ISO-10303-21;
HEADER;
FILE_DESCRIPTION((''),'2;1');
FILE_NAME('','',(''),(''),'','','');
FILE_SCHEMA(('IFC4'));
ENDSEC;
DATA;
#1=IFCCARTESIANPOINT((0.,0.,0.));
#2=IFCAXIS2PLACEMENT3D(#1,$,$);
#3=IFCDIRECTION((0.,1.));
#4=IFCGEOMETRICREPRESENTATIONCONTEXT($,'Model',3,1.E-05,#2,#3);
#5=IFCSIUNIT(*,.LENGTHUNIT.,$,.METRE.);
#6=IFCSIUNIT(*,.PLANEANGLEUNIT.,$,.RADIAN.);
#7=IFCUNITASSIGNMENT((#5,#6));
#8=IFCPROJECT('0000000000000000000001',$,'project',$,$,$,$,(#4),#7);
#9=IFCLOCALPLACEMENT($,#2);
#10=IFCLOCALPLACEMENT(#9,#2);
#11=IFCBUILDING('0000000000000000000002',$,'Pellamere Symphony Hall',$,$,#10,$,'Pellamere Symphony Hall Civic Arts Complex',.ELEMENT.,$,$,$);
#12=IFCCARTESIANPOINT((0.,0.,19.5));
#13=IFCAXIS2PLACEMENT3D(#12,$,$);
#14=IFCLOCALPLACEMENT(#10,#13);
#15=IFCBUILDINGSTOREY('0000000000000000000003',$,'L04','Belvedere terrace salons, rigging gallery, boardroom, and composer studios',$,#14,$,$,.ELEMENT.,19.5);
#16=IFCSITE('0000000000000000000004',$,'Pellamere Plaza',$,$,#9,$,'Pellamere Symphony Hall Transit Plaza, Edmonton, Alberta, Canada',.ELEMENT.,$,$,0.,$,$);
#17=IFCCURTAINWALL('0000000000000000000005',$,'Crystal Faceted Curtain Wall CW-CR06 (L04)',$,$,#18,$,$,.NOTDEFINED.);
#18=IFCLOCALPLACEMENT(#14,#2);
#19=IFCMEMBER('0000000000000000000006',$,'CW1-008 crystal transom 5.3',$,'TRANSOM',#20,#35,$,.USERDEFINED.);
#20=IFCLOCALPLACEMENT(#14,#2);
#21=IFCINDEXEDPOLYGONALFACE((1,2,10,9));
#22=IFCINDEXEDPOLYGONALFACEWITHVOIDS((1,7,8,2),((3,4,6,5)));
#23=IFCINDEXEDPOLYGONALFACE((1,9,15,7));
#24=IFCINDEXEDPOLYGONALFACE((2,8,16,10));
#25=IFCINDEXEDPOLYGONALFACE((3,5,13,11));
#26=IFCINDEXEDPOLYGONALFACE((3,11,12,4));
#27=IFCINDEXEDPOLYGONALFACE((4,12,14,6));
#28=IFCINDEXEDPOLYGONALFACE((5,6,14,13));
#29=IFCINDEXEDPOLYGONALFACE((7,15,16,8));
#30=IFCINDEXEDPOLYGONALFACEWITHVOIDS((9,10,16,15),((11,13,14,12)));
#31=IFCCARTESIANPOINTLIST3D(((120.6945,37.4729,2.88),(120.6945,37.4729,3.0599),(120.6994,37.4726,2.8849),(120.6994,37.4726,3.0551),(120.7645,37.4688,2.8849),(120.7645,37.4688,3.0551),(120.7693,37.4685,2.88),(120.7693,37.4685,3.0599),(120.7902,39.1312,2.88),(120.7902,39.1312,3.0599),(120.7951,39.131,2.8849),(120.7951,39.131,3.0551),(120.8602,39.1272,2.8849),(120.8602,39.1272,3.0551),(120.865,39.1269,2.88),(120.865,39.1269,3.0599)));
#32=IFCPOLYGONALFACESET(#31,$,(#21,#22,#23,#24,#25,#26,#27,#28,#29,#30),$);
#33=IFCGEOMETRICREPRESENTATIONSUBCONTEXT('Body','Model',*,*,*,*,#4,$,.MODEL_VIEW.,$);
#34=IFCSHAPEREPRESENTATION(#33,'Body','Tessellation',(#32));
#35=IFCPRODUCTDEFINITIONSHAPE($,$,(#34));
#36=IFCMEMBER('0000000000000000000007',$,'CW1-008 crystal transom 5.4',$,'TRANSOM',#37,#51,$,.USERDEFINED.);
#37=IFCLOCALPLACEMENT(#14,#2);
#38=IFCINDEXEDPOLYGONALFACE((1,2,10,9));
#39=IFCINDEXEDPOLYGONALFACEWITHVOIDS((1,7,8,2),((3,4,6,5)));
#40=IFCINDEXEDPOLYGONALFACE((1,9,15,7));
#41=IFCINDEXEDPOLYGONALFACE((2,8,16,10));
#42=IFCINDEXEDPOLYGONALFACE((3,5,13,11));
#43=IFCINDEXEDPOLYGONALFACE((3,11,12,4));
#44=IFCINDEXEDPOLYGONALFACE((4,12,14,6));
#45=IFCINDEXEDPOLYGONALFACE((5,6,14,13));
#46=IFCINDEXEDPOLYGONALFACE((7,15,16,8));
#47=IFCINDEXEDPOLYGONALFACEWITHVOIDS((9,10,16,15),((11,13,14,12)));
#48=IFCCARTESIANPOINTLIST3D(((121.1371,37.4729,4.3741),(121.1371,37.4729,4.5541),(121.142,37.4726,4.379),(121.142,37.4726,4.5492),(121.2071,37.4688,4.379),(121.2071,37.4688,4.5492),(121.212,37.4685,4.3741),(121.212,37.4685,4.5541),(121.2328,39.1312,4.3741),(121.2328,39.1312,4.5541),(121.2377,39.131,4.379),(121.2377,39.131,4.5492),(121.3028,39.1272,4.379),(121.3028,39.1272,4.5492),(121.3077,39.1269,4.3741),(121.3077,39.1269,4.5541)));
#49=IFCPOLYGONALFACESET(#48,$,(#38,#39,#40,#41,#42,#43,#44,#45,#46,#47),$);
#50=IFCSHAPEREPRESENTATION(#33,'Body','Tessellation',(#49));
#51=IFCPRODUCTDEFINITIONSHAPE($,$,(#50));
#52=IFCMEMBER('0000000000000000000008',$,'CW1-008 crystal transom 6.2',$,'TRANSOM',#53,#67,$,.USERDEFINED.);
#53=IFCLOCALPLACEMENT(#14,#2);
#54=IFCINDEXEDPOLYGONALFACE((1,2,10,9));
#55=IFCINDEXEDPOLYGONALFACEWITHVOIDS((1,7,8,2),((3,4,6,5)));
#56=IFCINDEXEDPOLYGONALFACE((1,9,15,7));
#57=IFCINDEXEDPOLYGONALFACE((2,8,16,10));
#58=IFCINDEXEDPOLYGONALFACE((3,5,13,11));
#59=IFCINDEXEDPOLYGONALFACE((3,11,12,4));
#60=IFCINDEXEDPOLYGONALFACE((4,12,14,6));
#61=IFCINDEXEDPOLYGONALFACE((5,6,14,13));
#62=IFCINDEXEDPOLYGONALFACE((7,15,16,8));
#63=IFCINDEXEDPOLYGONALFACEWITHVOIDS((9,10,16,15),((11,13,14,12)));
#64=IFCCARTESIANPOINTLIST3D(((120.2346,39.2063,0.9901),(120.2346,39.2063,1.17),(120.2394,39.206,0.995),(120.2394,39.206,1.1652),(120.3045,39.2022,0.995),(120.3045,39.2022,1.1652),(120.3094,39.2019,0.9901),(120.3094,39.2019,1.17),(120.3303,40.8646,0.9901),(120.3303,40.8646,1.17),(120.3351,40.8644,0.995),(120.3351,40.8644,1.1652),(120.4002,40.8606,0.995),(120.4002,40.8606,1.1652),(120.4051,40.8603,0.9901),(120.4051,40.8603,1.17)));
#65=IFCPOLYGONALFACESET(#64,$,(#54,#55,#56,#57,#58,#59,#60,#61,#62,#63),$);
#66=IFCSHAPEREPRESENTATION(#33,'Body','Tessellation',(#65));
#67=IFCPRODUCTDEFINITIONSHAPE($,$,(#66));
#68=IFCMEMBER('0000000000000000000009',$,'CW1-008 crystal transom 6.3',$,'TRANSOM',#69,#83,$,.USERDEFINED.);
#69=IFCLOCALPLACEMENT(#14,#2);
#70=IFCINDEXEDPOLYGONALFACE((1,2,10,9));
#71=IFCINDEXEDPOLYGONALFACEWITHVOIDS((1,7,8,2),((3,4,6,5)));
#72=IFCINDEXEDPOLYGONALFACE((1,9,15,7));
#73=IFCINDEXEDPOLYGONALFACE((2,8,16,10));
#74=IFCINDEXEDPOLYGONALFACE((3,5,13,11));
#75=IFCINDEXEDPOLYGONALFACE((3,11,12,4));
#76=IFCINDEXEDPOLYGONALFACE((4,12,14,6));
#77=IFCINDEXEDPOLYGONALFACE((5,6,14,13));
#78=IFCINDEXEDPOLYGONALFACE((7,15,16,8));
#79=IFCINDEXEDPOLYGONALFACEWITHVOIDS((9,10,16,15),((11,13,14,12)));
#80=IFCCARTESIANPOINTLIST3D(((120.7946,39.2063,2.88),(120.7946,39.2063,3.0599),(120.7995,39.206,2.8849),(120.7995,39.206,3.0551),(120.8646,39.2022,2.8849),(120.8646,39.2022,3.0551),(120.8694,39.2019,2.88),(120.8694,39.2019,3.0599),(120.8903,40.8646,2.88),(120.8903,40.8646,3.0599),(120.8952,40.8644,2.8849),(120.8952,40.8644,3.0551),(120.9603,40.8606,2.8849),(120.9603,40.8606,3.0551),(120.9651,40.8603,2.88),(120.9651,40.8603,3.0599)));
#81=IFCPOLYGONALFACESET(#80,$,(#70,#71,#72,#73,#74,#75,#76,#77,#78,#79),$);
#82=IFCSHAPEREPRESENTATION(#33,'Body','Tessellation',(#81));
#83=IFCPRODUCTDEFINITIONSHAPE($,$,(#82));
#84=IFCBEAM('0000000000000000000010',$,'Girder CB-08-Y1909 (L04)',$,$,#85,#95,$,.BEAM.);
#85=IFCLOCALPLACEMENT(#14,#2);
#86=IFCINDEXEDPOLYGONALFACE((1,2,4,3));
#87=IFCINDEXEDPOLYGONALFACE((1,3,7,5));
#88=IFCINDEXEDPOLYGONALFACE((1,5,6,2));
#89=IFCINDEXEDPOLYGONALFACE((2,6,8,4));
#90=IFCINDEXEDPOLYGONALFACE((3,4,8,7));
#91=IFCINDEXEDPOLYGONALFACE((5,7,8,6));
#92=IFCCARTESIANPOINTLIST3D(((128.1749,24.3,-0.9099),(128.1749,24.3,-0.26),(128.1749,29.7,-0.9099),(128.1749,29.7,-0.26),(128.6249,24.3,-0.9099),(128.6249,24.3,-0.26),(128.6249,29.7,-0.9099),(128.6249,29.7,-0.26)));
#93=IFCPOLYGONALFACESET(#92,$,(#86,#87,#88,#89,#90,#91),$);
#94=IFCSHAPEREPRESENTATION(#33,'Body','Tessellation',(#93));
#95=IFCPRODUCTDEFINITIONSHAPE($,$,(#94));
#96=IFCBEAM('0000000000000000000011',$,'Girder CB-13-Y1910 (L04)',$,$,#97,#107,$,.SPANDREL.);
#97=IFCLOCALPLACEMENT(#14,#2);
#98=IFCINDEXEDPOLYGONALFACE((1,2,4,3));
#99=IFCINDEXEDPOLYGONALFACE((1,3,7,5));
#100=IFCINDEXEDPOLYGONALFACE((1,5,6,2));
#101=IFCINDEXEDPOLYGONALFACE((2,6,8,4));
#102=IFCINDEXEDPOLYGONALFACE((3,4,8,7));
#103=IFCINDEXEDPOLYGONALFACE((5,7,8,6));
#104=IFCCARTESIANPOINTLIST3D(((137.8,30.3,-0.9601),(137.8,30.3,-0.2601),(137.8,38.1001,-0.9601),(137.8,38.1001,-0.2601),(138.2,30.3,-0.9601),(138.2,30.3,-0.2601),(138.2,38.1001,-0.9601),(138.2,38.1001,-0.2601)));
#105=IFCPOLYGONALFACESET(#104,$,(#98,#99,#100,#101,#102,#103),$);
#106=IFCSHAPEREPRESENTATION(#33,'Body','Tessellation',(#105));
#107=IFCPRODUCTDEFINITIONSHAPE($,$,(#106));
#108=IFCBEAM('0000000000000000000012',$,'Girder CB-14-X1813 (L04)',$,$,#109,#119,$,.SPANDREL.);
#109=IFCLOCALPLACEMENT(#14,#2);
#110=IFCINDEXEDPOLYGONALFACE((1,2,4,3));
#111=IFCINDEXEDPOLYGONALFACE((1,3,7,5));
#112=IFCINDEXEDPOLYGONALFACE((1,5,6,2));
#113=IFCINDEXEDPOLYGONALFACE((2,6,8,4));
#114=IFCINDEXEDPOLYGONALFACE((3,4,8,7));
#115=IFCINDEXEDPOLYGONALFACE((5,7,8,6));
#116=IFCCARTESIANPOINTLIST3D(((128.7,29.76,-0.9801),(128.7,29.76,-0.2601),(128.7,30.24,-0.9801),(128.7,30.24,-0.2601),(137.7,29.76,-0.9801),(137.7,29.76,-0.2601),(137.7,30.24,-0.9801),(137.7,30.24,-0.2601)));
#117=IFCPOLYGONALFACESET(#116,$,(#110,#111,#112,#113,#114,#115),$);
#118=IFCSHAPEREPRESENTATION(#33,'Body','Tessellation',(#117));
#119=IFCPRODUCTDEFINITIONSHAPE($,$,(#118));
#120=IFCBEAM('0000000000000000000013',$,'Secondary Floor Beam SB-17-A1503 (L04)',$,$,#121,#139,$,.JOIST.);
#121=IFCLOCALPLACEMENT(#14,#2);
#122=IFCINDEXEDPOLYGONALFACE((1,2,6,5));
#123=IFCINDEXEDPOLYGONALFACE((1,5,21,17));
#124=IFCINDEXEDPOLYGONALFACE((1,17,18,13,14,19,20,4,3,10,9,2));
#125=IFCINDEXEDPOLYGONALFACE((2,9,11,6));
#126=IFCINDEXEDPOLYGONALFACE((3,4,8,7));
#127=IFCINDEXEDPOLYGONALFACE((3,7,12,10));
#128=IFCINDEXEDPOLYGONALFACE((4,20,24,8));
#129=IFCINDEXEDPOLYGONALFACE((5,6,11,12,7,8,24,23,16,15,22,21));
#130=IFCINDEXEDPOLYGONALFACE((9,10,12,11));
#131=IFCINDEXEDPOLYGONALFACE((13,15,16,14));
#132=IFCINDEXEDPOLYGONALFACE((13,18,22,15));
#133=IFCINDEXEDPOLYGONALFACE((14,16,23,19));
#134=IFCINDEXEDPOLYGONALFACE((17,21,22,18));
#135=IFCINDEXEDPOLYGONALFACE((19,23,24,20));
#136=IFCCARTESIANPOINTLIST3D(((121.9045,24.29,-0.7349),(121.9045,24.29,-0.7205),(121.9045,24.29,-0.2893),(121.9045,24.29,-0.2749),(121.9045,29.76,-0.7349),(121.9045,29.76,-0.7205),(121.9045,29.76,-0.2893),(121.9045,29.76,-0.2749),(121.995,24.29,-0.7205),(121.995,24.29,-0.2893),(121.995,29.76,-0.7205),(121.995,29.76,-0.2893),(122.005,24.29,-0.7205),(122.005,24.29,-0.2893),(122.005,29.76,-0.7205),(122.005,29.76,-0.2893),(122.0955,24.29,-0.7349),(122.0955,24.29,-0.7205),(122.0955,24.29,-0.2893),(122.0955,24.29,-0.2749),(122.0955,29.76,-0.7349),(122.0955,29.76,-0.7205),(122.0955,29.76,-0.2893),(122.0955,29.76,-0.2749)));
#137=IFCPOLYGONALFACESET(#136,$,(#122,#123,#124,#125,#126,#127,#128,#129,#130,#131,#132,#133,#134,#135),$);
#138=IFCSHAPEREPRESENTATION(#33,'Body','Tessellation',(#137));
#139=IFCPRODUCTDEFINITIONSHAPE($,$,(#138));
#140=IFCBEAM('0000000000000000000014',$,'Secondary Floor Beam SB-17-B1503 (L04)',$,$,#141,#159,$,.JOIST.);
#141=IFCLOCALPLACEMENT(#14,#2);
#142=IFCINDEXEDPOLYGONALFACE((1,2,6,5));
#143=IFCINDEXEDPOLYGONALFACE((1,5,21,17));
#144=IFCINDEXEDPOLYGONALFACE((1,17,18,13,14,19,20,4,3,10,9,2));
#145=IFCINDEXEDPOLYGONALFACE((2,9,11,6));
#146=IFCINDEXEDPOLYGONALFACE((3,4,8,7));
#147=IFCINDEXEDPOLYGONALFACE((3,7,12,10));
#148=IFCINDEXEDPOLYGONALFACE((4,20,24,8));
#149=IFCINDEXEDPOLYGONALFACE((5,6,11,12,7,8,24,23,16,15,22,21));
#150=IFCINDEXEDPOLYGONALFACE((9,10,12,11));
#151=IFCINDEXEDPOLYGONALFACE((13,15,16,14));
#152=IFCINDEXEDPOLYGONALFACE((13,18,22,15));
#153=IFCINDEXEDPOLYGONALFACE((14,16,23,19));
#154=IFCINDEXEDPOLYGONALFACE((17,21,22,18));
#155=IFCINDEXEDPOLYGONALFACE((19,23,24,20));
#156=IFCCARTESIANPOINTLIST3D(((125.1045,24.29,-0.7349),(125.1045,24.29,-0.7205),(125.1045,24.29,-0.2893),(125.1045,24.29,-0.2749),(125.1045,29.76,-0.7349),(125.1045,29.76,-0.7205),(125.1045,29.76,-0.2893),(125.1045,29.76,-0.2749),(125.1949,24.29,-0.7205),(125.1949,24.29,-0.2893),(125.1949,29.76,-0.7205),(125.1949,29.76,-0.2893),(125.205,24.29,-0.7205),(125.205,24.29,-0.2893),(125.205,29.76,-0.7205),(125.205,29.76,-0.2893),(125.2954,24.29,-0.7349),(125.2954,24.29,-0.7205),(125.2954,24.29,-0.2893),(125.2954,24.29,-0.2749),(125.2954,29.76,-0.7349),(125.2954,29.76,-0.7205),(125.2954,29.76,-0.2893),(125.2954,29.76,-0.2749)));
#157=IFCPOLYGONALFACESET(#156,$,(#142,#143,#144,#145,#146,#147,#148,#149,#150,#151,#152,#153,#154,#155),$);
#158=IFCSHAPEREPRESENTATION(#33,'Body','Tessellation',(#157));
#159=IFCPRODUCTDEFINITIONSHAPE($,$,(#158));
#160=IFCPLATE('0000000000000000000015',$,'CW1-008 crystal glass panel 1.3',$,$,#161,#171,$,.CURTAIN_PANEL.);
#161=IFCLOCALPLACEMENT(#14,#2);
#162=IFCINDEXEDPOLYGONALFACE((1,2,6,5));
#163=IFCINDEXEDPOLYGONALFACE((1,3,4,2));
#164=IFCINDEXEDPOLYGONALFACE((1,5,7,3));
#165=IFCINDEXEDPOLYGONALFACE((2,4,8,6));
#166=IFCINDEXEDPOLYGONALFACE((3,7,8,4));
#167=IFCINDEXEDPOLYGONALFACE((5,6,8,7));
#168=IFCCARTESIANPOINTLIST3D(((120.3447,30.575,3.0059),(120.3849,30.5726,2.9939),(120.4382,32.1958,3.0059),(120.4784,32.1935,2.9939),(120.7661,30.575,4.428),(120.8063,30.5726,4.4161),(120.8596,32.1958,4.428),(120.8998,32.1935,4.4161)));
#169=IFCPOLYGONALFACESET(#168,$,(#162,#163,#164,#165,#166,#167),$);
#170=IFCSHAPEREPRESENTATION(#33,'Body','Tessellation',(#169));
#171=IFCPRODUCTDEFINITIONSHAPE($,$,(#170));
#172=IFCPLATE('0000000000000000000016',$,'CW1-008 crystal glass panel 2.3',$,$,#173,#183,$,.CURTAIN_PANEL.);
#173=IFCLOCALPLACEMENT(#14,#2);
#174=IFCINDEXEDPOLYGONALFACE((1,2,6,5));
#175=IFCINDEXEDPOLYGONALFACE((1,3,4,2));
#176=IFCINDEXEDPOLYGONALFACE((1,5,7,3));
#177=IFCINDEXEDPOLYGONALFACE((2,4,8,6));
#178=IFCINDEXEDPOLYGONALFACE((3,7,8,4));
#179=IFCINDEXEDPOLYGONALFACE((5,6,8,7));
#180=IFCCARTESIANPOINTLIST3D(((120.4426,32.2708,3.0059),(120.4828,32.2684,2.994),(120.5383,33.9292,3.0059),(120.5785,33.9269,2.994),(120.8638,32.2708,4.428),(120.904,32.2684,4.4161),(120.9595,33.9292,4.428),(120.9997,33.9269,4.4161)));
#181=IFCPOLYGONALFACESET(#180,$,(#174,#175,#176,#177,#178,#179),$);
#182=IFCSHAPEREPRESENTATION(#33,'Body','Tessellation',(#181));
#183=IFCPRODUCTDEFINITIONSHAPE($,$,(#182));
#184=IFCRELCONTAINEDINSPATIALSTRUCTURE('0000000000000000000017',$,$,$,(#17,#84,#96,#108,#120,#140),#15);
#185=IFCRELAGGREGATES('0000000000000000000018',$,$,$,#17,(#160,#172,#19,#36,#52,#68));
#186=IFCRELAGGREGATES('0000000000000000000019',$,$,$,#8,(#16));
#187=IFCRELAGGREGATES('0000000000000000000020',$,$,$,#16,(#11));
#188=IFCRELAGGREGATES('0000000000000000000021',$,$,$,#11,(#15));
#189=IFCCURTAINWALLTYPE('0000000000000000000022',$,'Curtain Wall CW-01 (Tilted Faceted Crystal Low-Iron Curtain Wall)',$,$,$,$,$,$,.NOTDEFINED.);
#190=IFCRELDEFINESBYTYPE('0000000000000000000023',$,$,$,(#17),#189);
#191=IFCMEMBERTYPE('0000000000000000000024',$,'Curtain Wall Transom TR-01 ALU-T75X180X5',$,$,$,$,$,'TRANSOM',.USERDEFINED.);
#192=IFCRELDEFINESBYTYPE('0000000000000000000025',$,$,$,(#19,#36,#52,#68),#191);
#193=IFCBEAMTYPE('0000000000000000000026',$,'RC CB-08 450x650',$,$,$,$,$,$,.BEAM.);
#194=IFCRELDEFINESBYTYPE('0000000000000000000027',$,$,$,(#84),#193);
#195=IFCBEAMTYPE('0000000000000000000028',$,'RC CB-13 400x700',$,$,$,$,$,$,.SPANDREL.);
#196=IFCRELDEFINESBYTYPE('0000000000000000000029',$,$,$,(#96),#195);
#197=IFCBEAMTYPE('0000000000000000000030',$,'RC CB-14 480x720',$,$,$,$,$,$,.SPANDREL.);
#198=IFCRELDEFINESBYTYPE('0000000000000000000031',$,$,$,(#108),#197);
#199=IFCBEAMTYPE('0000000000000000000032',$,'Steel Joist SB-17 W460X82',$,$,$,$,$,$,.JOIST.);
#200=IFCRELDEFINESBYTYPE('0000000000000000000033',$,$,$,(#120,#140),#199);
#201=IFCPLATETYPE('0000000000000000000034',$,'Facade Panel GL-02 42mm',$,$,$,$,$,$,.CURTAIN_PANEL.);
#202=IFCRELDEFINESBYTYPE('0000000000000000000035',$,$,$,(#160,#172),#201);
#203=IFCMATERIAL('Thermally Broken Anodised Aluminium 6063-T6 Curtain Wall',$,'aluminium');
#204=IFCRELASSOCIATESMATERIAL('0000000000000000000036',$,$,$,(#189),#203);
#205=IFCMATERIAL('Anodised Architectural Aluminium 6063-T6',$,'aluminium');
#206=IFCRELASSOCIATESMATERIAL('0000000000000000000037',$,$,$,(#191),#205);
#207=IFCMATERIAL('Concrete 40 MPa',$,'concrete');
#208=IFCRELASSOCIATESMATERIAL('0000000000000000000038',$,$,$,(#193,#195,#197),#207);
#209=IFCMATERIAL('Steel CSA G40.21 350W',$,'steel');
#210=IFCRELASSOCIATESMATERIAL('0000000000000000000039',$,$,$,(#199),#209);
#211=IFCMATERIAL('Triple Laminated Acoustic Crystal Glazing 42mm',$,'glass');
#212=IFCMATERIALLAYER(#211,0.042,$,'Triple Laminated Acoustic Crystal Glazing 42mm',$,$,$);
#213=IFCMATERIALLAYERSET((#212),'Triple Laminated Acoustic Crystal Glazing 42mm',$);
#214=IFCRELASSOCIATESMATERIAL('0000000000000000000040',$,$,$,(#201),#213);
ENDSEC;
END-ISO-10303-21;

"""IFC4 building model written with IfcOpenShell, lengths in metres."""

from ifc_helpers import new_model, si_unit, direction, frame, origin, origin_2d, place, context, subcontext, project, spatial, polyline, rectangle, hollow_rectangle, i_section, outline, extrude, material, layer, layer_set, material_profile, profile_set, type_object, element, aggregate, save


model = new_model("IFC4")

# Units and contexts
model_context = context("Model", 3, precision=1e-05, world=origin(), true_north=direction((0.0, 1.0)))
body_context = subcontext(model_context, "Body", "Model", "MODEL_VIEW")
ifc_project = project(units=[si_unit("LENGTHUNIT", "METRE"), si_unit("PLANEANGLEUNIT", "RADIAN")], contexts=[model_context])

# Site, building, storey
site_placement = place(None, origin())
site = spatial("IfcSite", under=ifc_project, at=site_placement, Name="Pellamere Plaza", LongName="Pellamere Symphony Hall Transit Plaza, Edmonton, Alberta, Canada", CompositionType="ELEMENT", RefElevation=0.0)
building_placement = place(site_placement, origin())
building = spatial("IfcBuilding", under=site, at=building_placement, Name="Pellamere Symphony Hall", LongName="Pellamere Symphony Hall Civic Arts Complex", CompositionType="ELEMENT")
storey_placement = place(building_placement, frame((0.0, 0.0, 19.5)))
storey = spatial("IfcBuildingStorey", under=building, at=storey_placement, Name="L04", Description="Belvedere terrace salons, rigging gallery, boardroom, and composer studios", CompositionType="ELEMENT", Elevation=19.5)

# Curtain wall, members
ifc_material_1 = material(Name="Thermally Broken Anodised Aluminium 6063-T6 Curtain Wall", Category="aluminium")
curtain_wall_type = type_object("IfcCurtainWallType", Name="Curtain Wall CW-01 (Tilted Faceted Crystal Low-Iron Curtain Wall)", PredefinedType="NOTDEFINED", material=ifc_material_1)
curtain_wall_placement = place(storey_placement, origin())
curtain_wall = element("IfcCurtainWall", 1, at=curtain_wall_placement, inside=storey, type_object=curtain_wall_type, Name="Crystal Faceted Curtain Wall CW-CR06 (L04)", PredefinedType="NOTDEFINED")
ifc_material_2 = material(Name="Anodised Architectural Aluminium 6063-T6", Category="aluminium")
ifc_material_profile_1 = material_profile(ifc_material_2, hollow_rectangle(XDim=0.075, YDim=0.1799, WallThickness=0.0049, at=origin_2d()), Name="ALU-T75X180X5")
ifc_profile_set_1 = profile_set([ifc_material_profile_1], Name="Anodised Architectural Aluminium 6063-T6")
member_type = type_object("IfcMemberType", Name="Curtain Wall Transom TR-01 ALU-T75X180X5", ElementType="TRANSOM", PredefinedType="USERDEFINED", material=ifc_profile_set_1)
member_1_placement = place(storey_placement, frame((120.7319, 37.4707, 2.97), z_axis=(0.057611, 0.998339, 0.0), x_axis=(-0.998339, 0.057611, 0.0)))
member_1 = element("IfcMember", 2, at=member_1_placement, type_object=member_type, Name="CW1-008 crystal transom 5.3", ObjectType="TRANSOM", PredefinedType="USERDEFINED", context=body_context, shape_type="SweptSolid", body=[
    extrude(hollow_rectangle(XDim=0.075, YDim=0.1799, WallThickness=0.0049, at=origin_2d()), origin(), (0.0, 0.0, 1.0), 1.6611),
])
member_2_placement = place(storey_placement, frame((121.1746, 37.4707, 4.4641), z_axis=(0.057611, 0.998339, 0.0), x_axis=(-0.998339, 0.057611, 0.0)))
member_2 = element("IfcMember", 3, at=member_2_placement, type_object=member_type, Name="CW1-008 crystal transom 5.4", ObjectType="TRANSOM", PredefinedType="USERDEFINED", context=body_context, shape_type="SweptSolid", body=[
    extrude(hollow_rectangle(XDim=0.075, YDim=0.1799, WallThickness=0.0049, at=origin_2d()), origin(), (0.0, 0.0, 1.0), 1.6611),
])
member_3_placement = place(storey_placement, frame((120.272, 39.2041, 1.0801), z_axis=(0.057611, 0.998339, 0.0), x_axis=(-0.998339, 0.057611, 0.0)))
member_3 = element("IfcMember", 4, at=member_3_placement, type_object=member_type, Name="CW1-008 crystal transom 6.2", ObjectType="TRANSOM", PredefinedType="USERDEFINED", context=body_context, shape_type="SweptSolid", body=[
    extrude(hollow_rectangle(XDim=0.075, YDim=0.1799, WallThickness=0.0049, at=origin_2d()), origin(), (0.0, 0.0, 1.0), 1.6611),
])
member_4_placement = place(storey_placement, frame((120.832, 39.2041, 2.97), z_axis=(0.057611, 0.998339, 0.0), x_axis=(-0.998339, 0.057611, 0.0)))
member_4 = element("IfcMember", 5, at=member_4_placement, type_object=member_type, Name="CW1-008 crystal transom 6.3", ObjectType="TRANSOM", PredefinedType="USERDEFINED", context=body_context, shape_type="SweptSolid", body=[
    extrude(hollow_rectangle(XDim=0.075, YDim=0.1799, WallThickness=0.0049, at=origin_2d()), origin(), (0.0, 0.0, 1.0), 1.6611),
])

# Beams
ifc_material_3 = material(Name="Concrete 40 MPa", Category="concrete")
ifc_material_profile_2 = material_profile(ifc_material_3, rectangle(XDim=0.45, YDim=0.6499, at=origin_2d()), Name="RC 450x650")
ifc_profile_set_2 = profile_set([ifc_material_profile_2], Name="Concrete 40 MPa")
beam_type_1 = type_object("IfcBeamType", Name="RC CB-08 450x650", PredefinedType="BEAM", material=ifc_profile_set_2)
beam_1_placement = place(storey_placement, frame((128.3999, 24.3, -0.585), z_axis=(0.0, 1.0, 0.0), x_axis=(-1.0, 0.0, 0.0)))
element("IfcBeam", 6, at=beam_1_placement, inside=storey, type_object=beam_type_1, Name="Girder CB-08-Y1909 (L04)", PredefinedType="BEAM", context=body_context, shape_type="SweptSolid", body=[
    extrude(rectangle(XDim=0.45, YDim=0.6499, at=origin_2d()), origin(), (0.0, 0.0, 1.0), 5.3999),
])
ifc_material_profile_3 = material_profile(ifc_material_3, rectangle(XDim=0.3999, YDim=0.7, at=origin_2d()), Name="RC 400x700")
ifc_profile_set_3 = profile_set([ifc_material_profile_3], Name="Concrete 40 MPa")
beam_type_2 = type_object("IfcBeamType", Name="RC CB-13 400x700", PredefinedType="SPANDREL", material=ifc_profile_set_3)
beam_2_placement = place(storey_placement, frame((138.0, 30.3, -0.6101), z_axis=(0.0, 1.0, 0.0), x_axis=(-1.0, 0.0, 0.0)))
element("IfcBeam", 7, at=beam_2_placement, inside=storey, type_object=beam_type_2, Name="Girder CB-13-Y1910 (L04)", PredefinedType="SPANDREL", context=body_context, shape_type="SweptSolid", body=[
    extrude(rectangle(XDim=0.3999, YDim=0.7, at=origin_2d()), origin(), (0.0, 0.0, 1.0), 7.8),
])
ifc_material_profile_4 = material_profile(ifc_material_3, rectangle(XDim=0.48, YDim=0.72, at=origin_2d()), Name="RC 480x720")
ifc_profile_set_4 = profile_set([ifc_material_profile_4], Name="Concrete 40 MPa")
beam_type_3 = type_object("IfcBeamType", Name="RC CB-14 480x720", PredefinedType="SPANDREL", material=ifc_profile_set_4)
beam_3_placement = place(storey_placement, frame((128.7, 30.0, -0.6201), z_axis=(1.0, 0.0, 0.0), x_axis=(0.0, 1.0, 0.0)))
element("IfcBeam", 8, at=beam_3_placement, inside=storey, type_object=beam_type_3, Name="Girder CB-14-X1813 (L04)", PredefinedType="SPANDREL", context=body_context, shape_type="SweptSolid", body=[
    extrude(rectangle(XDim=0.48, YDim=0.72, at=origin_2d()), origin(), (0.0, 0.0, 1.0), 9.0),
])
ifc_material_4 = material(Name="Steel CSA G40.21 350W", Category="steel")
ifc_material_profile_5 = material_profile(ifc_material_4, i_section(OverallWidth=0.1909, OverallDepth=0.46, WebThickness=0.01, FlangeThickness=0.0144, at=origin_2d()), Name="W460X82")
ifc_profile_set_5 = profile_set([ifc_material_profile_5], Name="Steel CSA G40.21 350W")
beam_type_4 = type_object("IfcBeamType", Name="Steel Joist SB-17 W460X82", PredefinedType="JOIST", material=ifc_profile_set_5)
for number, where, z_axis, x_axis, name in (
    (9, (122.0, 24.29, -0.5049), (0.0, 1.0, 0.0), (-1.0, 0.0, 0.0), "Secondary Floor Beam SB-17-A1503 (L04)"),
    (10, (125.2, 24.29, -0.5049), (0.0, 1.0, 0.0), (-1.0, 0.0, 0.0), "Secondary Floor Beam SB-17-B1503 (L04)"),
):
    element("IfcBeam", number, at=place(storey_placement, frame(where, z_axis=z_axis, x_axis=x_axis)), inside=storey, type_object=beam_type_4, Name=name, PredefinedType="JOIST", context=body_context, shape_type="SweptSolid", body=[
        extrude(i_section(OverallWidth=0.1909, OverallDepth=0.46, WebThickness=0.01, FlangeThickness=0.0144, at=origin_2d()), origin(), (0.0, 0.0, 1.0), 5.47),
    ])

# Plates
ifc_material_5 = material(Name="Triple Laminated Acoustic Crystal Glazing 42mm", Category="glass")
ifc_layer_1 = layer(ifc_material_5, 0.042, Name="Triple Laminated Acoustic Crystal Glazing 42mm")
ifc_layer_set_1 = layer_set([ifc_layer_1], Name="Triple Laminated Acoustic Crystal Glazing 42mm")
plate_type = type_object("IfcPlateType", Name="Facade Panel GL-02 42mm", PredefinedType="CURTAIN_PANEL", material=ifc_layer_set_1)
plate_1_placement = place(storey_placement, frame((120.3447, 30.575, 3.0059), z_axis=(-0.957331, 0.055228, 0.283666), x_axis=(0.057594, 0.99834, 0.0)))
plate_1 = element("IfcPlate", 11, at=plate_1_placement, type_object=plate_type, Name="CW1-008 crystal glass panel 1.3", PredefinedType="CURTAIN_PANEL", context=body_context, shape_type="SweptSolid", body=[
    extrude(outline(polyline([(0.0, 0.0), (1.6235, 0.0), (1.6478, -1.483), (0.0243, -1.483), (0.0, 0.0)])), origin(), (0.0, 0.0, -1.0), 0.042),
])
plate_2_placement = place(storey_placement, frame((120.4426, 32.2708, 3.0059), z_axis=(-0.957375, 0.055247, 0.283515), x_axis=(0.057611, 0.998339, 0.0)))
plate_2 = element("IfcPlate", 12, at=plate_2_placement, type_object=plate_type, Name="CW1-008 crystal glass panel 2.3", PredefinedType="CURTAIN_PANEL", context=body_context, shape_type="SweptSolid", body=[
    extrude(outline(polyline([(0.0, 0.0), (1.6612, 0.0), (1.6855, -1.483), (0.0243, -1.483), (0.0, 0.0)])), origin(), (0.0, 0.0, -1.0), 0.042),
])
aggregate(curtain_wall, [plate_1, plate_2, member_1, member_2, member_3, member_4])

save(model, "model.ifc")
